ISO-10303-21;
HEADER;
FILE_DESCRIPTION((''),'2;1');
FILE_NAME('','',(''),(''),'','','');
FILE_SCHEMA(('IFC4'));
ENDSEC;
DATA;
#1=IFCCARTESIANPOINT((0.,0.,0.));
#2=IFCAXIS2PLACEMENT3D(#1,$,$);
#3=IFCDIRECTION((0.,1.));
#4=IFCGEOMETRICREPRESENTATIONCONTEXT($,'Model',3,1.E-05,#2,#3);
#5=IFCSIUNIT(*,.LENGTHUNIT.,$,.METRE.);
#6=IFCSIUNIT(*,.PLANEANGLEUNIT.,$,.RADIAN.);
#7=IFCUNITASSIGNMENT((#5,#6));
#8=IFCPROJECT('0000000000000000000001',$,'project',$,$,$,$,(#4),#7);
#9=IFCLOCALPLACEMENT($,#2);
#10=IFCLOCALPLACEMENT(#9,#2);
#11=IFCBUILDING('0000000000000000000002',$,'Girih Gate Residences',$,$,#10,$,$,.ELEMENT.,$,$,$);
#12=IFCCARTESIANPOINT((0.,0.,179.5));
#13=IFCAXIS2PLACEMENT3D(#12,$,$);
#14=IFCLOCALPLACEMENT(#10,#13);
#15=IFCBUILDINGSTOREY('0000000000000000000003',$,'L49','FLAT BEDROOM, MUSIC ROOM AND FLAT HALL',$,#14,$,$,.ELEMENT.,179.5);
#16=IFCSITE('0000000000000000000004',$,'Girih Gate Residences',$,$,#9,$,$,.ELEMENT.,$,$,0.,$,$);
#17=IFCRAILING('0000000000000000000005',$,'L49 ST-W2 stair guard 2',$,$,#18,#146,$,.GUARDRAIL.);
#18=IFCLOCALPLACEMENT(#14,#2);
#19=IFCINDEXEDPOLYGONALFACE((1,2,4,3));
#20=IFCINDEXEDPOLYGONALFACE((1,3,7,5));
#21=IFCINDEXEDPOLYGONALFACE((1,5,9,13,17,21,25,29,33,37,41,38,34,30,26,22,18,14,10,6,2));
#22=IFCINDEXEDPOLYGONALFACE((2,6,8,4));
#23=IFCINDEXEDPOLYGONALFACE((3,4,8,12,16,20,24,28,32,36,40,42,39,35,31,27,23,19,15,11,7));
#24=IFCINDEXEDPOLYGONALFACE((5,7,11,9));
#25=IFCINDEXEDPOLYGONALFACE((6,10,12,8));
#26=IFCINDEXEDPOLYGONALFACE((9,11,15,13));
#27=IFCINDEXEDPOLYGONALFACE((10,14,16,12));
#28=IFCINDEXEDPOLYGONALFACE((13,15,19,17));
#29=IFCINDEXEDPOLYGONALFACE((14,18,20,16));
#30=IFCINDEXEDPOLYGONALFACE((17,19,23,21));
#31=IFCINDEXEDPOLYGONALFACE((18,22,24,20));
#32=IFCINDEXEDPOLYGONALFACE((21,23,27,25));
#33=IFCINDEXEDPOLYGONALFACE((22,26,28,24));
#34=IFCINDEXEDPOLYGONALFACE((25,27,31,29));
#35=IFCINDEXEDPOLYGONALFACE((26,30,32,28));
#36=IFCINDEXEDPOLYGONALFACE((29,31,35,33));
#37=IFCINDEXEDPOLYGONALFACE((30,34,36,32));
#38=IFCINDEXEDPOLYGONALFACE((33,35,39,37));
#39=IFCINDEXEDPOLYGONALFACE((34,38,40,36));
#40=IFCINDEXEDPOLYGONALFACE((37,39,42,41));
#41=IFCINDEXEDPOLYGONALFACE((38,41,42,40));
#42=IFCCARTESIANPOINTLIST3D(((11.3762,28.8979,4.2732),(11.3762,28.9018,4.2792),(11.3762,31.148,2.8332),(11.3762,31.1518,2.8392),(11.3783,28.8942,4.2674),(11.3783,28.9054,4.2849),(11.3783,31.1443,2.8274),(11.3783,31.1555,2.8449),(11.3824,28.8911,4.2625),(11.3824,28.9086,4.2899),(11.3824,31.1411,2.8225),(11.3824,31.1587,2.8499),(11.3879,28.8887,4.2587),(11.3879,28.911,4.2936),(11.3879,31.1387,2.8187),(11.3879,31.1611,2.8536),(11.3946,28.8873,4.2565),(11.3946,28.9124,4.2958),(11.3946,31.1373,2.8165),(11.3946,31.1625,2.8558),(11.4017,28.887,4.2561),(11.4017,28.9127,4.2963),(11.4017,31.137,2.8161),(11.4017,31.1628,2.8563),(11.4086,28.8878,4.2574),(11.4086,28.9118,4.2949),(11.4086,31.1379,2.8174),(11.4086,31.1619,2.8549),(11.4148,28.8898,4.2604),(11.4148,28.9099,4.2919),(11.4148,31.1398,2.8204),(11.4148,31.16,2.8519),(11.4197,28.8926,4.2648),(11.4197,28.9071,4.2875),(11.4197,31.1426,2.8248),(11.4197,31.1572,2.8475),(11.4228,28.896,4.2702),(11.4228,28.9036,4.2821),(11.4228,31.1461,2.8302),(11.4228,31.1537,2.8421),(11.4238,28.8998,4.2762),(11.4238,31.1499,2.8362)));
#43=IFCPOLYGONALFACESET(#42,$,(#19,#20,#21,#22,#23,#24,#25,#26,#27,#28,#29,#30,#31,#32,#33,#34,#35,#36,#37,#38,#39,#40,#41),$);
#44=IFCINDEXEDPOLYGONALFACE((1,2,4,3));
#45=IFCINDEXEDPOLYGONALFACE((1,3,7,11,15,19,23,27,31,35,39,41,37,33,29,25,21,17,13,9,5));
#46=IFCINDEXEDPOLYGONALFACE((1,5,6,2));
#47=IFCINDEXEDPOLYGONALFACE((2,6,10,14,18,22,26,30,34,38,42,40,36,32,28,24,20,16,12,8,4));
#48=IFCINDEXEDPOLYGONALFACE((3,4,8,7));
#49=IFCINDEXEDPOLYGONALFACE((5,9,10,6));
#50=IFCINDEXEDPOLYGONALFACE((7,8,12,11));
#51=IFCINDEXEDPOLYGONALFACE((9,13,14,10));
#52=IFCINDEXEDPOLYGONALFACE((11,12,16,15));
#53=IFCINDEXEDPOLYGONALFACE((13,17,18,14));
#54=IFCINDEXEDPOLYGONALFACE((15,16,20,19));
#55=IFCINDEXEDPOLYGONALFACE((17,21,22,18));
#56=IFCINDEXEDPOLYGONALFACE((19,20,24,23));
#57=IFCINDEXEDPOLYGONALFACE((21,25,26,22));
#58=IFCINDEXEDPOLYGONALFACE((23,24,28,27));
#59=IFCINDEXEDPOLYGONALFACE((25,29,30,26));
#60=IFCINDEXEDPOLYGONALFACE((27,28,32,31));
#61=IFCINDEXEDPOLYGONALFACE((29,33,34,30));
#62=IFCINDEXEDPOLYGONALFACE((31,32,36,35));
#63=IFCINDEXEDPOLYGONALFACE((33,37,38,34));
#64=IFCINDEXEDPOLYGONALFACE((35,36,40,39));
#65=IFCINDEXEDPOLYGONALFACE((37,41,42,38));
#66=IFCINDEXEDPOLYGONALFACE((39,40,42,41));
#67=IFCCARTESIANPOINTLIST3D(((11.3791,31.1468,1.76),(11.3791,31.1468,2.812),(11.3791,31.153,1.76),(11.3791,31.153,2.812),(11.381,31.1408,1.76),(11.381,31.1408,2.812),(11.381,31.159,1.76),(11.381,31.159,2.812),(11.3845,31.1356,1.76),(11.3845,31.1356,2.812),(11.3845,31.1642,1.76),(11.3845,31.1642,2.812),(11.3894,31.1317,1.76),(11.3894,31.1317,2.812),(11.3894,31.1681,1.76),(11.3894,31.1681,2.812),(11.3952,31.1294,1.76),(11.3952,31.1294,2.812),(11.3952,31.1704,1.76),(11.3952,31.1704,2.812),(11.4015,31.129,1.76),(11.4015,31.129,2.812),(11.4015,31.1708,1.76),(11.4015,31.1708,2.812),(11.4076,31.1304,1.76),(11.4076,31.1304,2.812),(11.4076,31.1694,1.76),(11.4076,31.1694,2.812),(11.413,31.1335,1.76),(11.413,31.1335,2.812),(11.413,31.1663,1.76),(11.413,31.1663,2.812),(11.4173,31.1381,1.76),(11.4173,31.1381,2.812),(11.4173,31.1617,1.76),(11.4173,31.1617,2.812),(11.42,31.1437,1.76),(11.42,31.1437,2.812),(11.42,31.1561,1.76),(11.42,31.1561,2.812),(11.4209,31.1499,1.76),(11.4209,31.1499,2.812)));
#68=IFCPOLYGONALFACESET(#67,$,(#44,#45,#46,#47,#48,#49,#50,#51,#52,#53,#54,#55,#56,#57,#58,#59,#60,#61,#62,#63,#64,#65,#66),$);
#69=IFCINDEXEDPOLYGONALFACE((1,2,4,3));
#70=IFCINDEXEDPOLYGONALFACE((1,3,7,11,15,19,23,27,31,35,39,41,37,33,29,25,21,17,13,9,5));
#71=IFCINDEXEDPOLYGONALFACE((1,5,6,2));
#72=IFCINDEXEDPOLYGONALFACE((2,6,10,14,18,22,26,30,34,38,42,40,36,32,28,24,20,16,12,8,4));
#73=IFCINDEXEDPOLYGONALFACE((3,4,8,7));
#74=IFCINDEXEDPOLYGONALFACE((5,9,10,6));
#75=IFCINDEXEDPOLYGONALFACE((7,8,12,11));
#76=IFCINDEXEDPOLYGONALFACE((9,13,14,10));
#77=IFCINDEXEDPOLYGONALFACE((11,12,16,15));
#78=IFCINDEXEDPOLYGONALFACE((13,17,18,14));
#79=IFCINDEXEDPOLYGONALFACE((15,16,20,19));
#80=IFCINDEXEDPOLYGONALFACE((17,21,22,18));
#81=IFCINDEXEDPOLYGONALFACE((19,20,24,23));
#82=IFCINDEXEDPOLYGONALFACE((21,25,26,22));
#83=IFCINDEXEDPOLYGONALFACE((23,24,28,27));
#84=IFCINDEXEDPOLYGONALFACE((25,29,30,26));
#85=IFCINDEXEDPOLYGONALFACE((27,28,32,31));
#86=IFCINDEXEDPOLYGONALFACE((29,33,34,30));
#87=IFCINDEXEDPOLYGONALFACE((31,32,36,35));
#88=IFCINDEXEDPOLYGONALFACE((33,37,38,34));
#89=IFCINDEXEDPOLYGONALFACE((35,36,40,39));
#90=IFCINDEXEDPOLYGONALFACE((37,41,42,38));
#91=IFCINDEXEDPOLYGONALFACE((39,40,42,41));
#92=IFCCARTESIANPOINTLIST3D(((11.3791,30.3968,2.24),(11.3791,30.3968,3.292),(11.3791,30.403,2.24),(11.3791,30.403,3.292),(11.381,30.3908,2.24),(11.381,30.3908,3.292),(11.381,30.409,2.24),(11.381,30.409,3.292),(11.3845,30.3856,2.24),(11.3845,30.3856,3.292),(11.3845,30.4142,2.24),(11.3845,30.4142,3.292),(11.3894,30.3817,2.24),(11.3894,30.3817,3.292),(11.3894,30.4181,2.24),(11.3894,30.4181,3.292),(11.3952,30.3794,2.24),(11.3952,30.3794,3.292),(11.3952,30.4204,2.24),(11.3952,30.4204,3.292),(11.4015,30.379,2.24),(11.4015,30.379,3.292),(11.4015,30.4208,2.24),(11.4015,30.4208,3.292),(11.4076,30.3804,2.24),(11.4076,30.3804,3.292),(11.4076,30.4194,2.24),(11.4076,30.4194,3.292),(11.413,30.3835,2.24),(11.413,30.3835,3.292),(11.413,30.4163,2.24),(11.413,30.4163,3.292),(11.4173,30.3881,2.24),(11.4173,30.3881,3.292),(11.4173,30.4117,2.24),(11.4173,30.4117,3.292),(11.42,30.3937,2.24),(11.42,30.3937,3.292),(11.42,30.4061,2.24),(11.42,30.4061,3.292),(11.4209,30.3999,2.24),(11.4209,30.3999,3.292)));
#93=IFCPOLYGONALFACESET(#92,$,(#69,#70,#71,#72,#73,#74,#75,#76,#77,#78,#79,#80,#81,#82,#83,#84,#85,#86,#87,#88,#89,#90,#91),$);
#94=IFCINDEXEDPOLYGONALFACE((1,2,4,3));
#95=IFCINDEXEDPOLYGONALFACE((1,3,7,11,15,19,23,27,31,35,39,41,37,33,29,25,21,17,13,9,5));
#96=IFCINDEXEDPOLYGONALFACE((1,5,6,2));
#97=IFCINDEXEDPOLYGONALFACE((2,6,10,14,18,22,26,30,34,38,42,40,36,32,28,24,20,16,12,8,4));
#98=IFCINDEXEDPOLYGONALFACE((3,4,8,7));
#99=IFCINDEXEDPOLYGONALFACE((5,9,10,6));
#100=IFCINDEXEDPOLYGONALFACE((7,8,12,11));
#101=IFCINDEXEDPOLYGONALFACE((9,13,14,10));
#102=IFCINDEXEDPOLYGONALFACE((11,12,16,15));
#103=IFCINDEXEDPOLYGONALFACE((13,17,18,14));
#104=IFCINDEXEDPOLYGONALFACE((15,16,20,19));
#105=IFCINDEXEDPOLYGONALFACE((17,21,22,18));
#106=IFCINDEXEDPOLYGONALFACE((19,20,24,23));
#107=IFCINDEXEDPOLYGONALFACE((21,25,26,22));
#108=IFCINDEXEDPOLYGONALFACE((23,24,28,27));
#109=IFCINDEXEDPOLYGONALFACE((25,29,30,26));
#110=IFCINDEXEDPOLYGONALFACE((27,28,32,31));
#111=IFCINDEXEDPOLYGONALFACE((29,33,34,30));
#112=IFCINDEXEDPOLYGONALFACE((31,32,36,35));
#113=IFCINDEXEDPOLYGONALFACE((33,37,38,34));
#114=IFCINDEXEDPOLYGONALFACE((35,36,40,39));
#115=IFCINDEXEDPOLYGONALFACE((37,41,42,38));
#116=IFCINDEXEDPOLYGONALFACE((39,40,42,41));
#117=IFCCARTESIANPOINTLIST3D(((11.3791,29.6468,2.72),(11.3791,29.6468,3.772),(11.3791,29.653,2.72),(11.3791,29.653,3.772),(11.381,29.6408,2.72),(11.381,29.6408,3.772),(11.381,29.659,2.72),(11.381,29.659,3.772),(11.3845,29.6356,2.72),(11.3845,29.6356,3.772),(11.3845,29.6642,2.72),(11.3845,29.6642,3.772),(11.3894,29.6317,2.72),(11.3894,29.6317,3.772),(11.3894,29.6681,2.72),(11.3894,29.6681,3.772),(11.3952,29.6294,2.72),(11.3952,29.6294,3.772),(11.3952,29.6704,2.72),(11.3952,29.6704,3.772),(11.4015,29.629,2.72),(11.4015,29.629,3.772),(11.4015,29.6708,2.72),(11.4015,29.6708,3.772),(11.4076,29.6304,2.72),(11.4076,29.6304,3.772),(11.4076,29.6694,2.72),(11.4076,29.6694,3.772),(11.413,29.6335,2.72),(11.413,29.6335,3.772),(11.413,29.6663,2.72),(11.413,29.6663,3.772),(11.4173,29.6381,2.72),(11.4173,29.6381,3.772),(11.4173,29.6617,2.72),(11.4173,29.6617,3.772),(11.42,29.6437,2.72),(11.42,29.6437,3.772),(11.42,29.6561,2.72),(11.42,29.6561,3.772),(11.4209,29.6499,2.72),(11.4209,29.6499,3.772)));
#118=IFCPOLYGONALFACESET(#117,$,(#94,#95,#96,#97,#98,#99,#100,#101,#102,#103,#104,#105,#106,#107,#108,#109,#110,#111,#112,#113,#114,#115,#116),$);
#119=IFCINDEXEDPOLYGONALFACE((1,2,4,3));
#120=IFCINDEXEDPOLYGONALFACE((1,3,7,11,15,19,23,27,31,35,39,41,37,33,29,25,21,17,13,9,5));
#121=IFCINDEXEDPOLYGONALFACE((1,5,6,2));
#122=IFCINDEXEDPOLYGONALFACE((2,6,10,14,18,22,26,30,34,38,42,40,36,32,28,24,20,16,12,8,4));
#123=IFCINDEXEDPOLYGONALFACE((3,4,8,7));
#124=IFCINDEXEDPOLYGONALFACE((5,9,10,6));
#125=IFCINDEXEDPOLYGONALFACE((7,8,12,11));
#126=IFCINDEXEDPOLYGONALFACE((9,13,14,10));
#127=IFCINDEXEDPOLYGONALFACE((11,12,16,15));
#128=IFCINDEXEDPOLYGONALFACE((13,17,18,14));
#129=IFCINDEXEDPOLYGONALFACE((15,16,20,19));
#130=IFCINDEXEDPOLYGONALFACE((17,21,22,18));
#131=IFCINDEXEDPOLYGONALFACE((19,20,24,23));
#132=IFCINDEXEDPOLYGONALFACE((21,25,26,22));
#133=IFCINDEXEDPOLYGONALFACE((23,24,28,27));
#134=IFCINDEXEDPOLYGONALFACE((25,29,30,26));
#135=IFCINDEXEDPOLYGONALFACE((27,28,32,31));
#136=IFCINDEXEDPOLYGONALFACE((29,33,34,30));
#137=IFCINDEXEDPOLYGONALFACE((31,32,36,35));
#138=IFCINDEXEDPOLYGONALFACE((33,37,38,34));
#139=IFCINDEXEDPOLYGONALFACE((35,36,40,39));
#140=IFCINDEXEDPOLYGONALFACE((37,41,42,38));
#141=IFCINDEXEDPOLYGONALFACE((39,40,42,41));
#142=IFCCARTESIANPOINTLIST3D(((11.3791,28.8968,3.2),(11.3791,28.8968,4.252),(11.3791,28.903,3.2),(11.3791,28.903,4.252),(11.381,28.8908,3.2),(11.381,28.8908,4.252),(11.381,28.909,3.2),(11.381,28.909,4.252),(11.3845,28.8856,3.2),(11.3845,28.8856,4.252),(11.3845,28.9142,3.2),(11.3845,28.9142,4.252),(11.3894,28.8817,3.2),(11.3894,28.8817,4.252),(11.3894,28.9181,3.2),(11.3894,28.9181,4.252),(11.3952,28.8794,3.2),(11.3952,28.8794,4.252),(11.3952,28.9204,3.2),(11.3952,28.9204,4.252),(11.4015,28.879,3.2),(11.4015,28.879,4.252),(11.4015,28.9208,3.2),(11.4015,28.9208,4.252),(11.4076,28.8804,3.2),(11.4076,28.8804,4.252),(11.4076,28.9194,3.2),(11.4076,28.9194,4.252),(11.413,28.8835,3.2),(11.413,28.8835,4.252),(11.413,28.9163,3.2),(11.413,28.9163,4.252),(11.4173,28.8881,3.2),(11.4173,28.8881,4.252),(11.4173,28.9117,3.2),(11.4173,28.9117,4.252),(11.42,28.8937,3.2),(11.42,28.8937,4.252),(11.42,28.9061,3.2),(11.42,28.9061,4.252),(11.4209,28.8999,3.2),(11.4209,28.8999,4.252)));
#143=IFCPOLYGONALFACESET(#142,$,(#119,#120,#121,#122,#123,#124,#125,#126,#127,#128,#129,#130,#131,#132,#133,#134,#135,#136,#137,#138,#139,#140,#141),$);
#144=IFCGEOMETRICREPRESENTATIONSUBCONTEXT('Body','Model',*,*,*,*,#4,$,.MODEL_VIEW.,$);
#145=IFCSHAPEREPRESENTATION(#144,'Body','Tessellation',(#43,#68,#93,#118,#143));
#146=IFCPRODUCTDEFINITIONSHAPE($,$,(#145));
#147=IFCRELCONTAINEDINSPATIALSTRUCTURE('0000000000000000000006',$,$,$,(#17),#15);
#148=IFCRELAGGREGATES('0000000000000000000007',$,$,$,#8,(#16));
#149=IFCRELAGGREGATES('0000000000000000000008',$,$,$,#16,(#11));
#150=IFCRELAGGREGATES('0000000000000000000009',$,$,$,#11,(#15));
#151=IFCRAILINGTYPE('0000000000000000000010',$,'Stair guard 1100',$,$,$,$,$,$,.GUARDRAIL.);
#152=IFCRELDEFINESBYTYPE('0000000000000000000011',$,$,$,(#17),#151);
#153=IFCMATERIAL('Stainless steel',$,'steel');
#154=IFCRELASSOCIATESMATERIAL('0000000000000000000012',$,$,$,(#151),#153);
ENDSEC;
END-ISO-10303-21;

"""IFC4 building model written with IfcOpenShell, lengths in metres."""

from ifc_helpers import new_model, si_unit, direction, frame, origin, origin_2d, place, context, subcontext, project, spatial, circle, extrude, material, type_object, element, save


model = new_model("IFC4")

# Units and contexts
model_context = context("Model", 3, precision=1e-05, world=origin(), true_north=direction((0.0, 1.0)))
body_context = subcontext(model_context, "Body", "Model", "MODEL_VIEW")
ifc_project = project(units=[si_unit("LENGTHUNIT", "METRE"), si_unit("PLANEANGLEUNIT", "RADIAN")], contexts=[model_context])

# Site, building, storey
site_placement = place(None, origin())
site = spatial("IfcSite", under=ifc_project, at=site_placement, Name="Girih Gate Residences", CompositionType="ELEMENT", RefElevation=0.0)
building_placement = place(site_placement, origin())
building = spatial("IfcBuilding", under=site, at=building_placement, Name="Girih Gate Residences", CompositionType="ELEMENT")
storey_placement = place(building_placement, frame((0.0, 0.0, 179.5)))
storey = spatial("IfcBuildingStorey", under=building, at=storey_placement, Name="L49", Description="FLAT BEDROOM, MUSIC ROOM AND FLAT HALL", CompositionType="ELEMENT", Elevation=179.5)

# Railing
ifc_material_1 = material(Name="Stainless steel", Category="steel")
railing_type_1 = type_object("IfcRailingType", Name="Stair guard 1100", PredefinedType="GUARDRAIL", material=ifc_material_1)
railing_1_placement = place(storey_placement, frame((11.3999, 31.1499, 1.76)))
element("IfcRailing", 1, at=railing_1_placement, inside=storey, type_object=railing_type_1, Name="L49 ST-W2 stair guard 2", PredefinedType="GUARDRAIL", context=body_context, shape_type="SweptSolid", body=[
    extrude(circle(Radius=0.0239, at=origin_2d()), frame((0.0, 0.0, 1.0762), z_axis=(0.0, -0.842281, 0.539038), x_axis=(1.0, 0.0, 0.0)), (0.0, 0.0, 1.0), 2.6714),
    extrude(circle(Radius=0.021, at=origin_2d()), origin(), (0.0, 0.0, 1.0), 1.052),
    extrude(circle(Radius=0.021, at=origin_2d()), frame((0.0, -0.75, 0.48)), (0.0, 0.0, 1.0), 1.052),
    extrude(circle(Radius=0.021, at=origin_2d()), frame((0.0, -1.5, 0.96)), (0.0, 0.0, 1.0), 1.052),
    extrude(circle(Radius=0.021, at=origin_2d()), frame((0.0, -2.25, 1.4399)), (0.0, 0.0, 1.0), 1.052),
])

save(model, "model.ifc")
